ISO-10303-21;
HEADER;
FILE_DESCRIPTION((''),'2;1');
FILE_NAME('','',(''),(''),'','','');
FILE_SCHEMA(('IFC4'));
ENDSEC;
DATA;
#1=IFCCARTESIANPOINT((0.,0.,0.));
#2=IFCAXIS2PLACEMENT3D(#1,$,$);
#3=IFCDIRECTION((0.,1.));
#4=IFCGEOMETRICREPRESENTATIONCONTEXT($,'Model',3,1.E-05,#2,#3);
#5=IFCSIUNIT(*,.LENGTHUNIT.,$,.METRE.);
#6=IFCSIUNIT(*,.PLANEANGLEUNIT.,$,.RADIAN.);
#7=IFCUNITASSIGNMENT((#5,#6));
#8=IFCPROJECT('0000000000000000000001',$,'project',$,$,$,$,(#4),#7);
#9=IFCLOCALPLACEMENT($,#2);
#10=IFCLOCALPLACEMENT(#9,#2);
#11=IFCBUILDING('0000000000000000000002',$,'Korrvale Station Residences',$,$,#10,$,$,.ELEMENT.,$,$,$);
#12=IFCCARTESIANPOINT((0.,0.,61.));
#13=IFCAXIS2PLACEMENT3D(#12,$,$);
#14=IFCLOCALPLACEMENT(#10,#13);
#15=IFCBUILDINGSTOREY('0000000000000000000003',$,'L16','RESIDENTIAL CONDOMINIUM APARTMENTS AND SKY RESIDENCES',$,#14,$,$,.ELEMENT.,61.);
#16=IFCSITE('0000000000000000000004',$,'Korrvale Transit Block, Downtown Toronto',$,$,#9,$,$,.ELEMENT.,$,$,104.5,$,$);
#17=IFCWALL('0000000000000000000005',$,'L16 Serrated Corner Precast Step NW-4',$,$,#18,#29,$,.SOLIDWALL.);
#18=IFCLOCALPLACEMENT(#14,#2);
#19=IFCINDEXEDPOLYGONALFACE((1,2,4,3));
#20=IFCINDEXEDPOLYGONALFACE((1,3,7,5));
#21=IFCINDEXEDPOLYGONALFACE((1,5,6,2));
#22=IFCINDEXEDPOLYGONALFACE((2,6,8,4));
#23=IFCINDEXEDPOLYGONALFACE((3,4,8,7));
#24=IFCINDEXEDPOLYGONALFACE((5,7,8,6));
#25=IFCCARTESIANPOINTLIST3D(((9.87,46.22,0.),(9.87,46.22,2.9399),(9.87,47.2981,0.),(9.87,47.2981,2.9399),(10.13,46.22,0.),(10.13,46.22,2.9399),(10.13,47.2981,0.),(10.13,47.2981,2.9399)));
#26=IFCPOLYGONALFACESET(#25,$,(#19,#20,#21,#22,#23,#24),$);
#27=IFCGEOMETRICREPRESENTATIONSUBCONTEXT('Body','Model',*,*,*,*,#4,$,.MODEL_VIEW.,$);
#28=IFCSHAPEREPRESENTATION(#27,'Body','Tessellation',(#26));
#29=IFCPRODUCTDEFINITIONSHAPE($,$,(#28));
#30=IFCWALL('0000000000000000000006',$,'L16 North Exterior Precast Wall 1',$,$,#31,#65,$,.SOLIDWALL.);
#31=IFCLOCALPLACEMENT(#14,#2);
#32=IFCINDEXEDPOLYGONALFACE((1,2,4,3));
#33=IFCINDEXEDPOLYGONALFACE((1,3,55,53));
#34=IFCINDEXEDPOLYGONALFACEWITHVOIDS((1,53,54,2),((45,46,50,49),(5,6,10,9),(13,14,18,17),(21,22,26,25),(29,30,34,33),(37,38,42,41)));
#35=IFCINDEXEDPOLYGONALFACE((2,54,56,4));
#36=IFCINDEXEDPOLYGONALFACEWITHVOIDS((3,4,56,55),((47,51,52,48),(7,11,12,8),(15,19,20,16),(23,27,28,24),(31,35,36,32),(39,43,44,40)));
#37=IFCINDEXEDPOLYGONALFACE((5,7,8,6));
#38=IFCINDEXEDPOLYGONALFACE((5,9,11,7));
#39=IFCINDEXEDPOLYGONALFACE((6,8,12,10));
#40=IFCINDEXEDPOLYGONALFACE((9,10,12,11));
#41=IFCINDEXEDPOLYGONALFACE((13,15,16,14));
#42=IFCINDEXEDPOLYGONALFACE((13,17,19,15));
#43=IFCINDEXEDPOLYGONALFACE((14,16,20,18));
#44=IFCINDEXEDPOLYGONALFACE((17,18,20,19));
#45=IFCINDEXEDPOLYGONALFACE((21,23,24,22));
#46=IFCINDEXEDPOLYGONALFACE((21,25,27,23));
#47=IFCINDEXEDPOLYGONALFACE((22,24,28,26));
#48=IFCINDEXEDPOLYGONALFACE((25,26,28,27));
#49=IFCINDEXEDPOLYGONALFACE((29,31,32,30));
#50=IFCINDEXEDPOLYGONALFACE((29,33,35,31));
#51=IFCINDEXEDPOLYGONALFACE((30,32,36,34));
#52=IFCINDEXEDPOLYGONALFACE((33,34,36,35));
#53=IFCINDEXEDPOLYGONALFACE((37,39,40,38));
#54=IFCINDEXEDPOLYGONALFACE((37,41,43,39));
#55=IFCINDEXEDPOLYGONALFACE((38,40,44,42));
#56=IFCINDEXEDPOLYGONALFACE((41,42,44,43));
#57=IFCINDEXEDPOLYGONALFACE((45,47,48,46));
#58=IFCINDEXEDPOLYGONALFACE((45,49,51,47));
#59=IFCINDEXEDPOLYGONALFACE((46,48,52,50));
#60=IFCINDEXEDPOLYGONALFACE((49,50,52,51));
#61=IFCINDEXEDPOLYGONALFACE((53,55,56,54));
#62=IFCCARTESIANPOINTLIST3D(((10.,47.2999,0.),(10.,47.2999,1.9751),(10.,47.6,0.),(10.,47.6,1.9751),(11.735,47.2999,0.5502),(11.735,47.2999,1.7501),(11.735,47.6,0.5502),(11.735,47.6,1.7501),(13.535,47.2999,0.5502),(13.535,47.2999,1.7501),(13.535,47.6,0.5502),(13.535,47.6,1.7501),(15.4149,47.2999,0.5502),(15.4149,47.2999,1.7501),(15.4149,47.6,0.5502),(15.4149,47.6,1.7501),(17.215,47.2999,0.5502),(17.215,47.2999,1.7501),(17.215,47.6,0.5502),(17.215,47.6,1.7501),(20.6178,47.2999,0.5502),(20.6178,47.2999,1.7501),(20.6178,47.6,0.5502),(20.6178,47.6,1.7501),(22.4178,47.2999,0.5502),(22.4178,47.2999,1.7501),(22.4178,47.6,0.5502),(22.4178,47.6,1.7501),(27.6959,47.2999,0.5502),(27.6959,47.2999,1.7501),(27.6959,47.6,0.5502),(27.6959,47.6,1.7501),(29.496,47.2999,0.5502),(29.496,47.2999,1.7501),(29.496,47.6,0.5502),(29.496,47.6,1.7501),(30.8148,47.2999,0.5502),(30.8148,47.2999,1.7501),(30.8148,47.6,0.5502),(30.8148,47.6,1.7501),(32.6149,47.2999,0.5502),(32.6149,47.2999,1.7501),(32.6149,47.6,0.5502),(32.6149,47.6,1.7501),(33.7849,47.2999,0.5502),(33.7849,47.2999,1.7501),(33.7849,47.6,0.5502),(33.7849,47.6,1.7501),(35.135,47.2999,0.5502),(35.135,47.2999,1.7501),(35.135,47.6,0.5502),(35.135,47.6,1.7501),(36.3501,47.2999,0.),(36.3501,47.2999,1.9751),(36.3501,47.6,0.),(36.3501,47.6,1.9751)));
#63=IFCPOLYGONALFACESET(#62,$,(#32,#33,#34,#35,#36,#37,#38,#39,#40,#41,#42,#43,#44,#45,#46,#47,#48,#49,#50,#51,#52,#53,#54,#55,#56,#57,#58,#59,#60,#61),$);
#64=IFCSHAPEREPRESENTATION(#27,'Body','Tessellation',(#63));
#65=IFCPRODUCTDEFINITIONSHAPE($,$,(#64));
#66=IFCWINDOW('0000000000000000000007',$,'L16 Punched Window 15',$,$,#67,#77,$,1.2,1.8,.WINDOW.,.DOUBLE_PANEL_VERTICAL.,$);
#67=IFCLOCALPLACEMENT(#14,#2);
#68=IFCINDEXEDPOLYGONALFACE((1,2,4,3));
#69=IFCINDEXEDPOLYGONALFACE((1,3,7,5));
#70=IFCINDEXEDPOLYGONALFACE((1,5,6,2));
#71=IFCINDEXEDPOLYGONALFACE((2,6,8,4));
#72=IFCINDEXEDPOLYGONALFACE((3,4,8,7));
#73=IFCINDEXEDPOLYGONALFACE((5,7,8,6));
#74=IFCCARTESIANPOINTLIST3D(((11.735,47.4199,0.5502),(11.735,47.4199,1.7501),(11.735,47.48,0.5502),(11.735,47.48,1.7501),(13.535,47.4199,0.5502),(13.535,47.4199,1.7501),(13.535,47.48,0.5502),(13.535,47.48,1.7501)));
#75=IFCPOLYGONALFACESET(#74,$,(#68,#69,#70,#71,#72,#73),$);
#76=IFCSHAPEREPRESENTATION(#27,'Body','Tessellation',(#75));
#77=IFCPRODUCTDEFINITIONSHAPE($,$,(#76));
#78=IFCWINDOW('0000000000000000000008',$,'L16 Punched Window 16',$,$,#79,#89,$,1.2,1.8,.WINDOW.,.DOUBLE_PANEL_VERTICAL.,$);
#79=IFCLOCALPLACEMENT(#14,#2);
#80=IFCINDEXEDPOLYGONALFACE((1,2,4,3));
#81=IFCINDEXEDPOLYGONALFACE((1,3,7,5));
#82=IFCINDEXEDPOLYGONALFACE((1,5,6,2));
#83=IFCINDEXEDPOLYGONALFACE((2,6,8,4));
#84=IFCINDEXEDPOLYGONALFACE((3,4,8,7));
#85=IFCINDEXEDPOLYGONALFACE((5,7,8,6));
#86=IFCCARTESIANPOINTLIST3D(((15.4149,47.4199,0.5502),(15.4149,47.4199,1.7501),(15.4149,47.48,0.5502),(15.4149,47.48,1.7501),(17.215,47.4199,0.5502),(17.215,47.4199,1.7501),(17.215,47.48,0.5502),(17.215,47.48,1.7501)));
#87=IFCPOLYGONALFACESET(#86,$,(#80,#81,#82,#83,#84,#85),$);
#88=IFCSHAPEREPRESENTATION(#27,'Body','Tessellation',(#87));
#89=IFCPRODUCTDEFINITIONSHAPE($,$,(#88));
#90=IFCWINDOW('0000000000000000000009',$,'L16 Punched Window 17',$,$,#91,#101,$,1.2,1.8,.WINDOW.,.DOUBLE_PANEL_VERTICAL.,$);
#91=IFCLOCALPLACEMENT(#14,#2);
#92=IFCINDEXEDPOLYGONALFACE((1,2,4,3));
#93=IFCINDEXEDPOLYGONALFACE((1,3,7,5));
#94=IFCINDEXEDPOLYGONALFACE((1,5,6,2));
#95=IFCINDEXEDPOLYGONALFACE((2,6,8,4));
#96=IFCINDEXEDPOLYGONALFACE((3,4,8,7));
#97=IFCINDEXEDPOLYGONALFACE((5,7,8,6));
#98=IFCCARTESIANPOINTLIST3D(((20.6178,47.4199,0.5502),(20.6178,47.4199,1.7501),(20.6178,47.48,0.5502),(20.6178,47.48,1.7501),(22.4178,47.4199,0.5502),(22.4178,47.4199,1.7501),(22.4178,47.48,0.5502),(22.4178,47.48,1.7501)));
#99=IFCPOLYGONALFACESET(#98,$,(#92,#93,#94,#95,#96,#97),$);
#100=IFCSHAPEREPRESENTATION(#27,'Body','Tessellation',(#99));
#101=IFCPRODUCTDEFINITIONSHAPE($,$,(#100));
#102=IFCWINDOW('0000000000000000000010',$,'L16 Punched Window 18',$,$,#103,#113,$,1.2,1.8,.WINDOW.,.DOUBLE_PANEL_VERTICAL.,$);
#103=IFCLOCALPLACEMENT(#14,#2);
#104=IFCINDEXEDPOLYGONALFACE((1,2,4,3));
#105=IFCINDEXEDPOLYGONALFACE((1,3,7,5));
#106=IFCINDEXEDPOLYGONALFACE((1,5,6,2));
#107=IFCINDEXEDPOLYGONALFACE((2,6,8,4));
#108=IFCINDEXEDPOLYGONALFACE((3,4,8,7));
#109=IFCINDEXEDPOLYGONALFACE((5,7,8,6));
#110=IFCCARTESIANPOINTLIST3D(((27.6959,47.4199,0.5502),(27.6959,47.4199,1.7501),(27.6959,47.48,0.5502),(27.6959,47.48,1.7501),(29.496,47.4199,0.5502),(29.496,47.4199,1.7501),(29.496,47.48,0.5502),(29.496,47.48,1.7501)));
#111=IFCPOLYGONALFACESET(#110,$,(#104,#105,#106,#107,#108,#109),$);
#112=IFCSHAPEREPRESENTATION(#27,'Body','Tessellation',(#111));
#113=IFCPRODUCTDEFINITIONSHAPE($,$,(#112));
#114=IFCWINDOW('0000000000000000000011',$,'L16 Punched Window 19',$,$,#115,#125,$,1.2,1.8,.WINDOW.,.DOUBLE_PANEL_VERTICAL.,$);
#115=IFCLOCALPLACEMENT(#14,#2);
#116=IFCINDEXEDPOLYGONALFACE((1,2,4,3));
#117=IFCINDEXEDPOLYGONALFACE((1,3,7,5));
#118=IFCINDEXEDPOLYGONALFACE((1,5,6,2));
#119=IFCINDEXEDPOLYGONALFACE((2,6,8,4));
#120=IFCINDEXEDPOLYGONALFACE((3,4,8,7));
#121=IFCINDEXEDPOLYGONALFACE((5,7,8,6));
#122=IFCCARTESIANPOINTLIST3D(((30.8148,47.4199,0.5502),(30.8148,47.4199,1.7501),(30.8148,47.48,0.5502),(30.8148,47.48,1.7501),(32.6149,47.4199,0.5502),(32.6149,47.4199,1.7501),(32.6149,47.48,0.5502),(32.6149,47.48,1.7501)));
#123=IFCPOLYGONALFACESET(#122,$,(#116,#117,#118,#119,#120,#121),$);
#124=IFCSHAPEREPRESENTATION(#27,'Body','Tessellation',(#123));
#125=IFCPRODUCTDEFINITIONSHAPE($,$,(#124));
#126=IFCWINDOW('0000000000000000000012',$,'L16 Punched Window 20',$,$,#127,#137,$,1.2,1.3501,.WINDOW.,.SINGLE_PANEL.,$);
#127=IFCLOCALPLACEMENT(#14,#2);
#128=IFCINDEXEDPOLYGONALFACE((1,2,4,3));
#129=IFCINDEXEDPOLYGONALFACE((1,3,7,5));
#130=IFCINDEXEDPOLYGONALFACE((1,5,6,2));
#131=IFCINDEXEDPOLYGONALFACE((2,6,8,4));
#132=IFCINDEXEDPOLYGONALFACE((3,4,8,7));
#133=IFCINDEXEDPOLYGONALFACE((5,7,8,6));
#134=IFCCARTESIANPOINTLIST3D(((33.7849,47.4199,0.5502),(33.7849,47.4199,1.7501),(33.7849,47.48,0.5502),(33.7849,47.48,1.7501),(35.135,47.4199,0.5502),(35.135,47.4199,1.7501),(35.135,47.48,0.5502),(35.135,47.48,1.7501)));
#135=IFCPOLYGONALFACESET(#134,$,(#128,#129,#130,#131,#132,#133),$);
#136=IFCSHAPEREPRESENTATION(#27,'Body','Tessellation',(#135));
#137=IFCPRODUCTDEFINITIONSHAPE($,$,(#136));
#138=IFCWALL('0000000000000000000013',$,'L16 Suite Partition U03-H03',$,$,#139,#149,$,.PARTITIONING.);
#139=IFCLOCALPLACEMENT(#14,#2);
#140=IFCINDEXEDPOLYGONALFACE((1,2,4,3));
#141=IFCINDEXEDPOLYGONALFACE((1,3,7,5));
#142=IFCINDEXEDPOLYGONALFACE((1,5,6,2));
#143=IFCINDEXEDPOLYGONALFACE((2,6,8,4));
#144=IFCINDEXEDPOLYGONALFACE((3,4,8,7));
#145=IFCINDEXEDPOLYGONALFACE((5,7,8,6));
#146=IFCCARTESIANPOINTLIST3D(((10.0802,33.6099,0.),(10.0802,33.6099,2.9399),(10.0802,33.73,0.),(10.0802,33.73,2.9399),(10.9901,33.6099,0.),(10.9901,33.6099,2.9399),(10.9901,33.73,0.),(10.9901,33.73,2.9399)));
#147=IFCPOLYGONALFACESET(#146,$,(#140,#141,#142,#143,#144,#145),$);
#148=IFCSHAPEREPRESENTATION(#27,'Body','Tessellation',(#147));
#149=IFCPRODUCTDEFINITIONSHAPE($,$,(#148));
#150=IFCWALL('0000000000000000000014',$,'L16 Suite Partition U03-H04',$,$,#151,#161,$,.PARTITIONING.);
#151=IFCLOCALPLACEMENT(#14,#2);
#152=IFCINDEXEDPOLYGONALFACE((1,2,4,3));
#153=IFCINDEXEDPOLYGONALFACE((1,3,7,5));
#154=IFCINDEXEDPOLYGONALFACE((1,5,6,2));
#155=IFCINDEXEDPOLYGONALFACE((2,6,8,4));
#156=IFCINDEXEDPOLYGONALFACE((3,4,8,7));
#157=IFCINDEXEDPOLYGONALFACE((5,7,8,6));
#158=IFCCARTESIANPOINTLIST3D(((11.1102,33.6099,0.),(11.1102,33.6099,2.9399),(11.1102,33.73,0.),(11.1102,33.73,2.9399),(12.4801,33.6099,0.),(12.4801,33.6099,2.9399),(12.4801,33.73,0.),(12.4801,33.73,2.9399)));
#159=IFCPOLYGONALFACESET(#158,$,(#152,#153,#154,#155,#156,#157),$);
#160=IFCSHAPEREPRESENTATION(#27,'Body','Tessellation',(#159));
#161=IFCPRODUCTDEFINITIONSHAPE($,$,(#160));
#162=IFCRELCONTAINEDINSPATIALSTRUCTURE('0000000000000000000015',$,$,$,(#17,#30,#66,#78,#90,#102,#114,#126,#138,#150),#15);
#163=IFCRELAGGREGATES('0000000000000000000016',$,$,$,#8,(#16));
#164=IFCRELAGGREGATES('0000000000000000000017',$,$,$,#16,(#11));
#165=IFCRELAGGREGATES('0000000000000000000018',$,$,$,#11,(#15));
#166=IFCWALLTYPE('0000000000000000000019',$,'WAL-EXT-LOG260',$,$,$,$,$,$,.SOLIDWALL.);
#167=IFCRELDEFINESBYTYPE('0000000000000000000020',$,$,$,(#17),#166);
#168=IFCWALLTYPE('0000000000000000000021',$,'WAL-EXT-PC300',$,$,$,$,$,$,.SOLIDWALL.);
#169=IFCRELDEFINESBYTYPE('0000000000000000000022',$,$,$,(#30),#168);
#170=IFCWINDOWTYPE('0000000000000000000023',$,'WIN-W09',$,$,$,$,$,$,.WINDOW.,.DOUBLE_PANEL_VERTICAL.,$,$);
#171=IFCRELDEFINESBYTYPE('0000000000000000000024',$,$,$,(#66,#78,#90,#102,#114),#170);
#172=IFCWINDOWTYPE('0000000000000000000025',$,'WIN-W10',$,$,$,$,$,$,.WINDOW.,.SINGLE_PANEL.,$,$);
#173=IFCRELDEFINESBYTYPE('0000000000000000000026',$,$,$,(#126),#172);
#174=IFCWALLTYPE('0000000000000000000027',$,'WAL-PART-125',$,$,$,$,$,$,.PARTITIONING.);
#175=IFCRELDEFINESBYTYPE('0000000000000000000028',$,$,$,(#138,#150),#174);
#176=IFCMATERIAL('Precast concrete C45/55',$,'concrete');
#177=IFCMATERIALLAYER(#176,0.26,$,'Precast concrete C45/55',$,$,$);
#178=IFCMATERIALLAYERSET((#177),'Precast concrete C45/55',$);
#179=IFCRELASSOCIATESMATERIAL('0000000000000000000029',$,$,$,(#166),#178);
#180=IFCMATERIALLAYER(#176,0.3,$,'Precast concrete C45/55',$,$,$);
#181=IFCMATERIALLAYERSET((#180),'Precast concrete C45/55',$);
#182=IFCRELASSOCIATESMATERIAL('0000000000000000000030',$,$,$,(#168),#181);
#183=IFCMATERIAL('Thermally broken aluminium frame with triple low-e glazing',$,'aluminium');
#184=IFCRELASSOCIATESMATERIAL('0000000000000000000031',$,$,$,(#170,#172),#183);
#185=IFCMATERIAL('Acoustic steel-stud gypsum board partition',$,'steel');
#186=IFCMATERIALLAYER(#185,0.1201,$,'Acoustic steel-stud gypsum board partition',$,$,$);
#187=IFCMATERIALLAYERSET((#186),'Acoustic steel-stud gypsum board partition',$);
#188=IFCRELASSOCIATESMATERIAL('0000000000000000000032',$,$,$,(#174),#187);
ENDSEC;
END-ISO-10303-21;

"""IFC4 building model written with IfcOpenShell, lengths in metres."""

from ifc_helpers import new_model, si_unit, direction, frame, frame_2d, origin, place, context, subcontext, project, spatial, rectangle, extrude, material, layer, layer_set, type_object, element, fill, save


model = new_model("IFC4")

# Units and contexts
model_context = context("Model", 3, precision=1e-05, world=origin(), true_north=direction((0.0, 1.0)))
body_context = subcontext(model_context, "Body", "Model", "MODEL_VIEW")
ifc_project = project(units=[si_unit("LENGTHUNIT", "METRE"), si_unit("PLANEANGLEUNIT", "RADIAN")], contexts=[model_context])

# Site, building, storey
site_placement = place(None, origin())
site = spatial("IfcSite", under=ifc_project, at=site_placement, Name="Korrvale Transit Block, Downtown Toronto", CompositionType="ELEMENT", RefElevation=104.5)
building_placement = place(site_placement, origin())
building = spatial("IfcBuilding", under=site, at=building_placement, Name="Korrvale Station Residences", CompositionType="ELEMENT")
storey_placement = place(building_placement, frame((0.0, 0.0, 61.0)))
storey = spatial("IfcBuildingStorey", under=building, at=storey_placement, Name="L16", Description="RESIDENTIAL CONDOMINIUM APARTMENTS AND SKY RESIDENCES", CompositionType="ELEMENT", Elevation=61.0)

# Wall
ifc_material_1 = material(Name="Precast concrete C45/55", Category="concrete")
ifc_layer_1 = layer(ifc_material_1, 0.26, Name="Precast concrete C45/55")
ifc_layer_set_1 = layer_set([ifc_layer_1], Name="Precast concrete C45/55")
wall_type_1 = type_object("IfcWallType", Name="WAL-EXT-LOG260", PredefinedType="SOLIDWALL", material=ifc_layer_set_1)
wall_1_placement = place(storey_placement, frame((10.0, 46.22, 0.0), z_axis=(0.0, 0.0, 1.0), x_axis=(0.0, 1.0, 0.0)))
element("IfcWall", 1, at=wall_1_placement, inside=storey, type_object=wall_type_1, Name="L16 Serrated Corner Precast Step NW-4", PredefinedType="SOLIDWALL", context=body_context, shape_type="SweptSolid", body=[
    extrude(rectangle(XDim=1.0781, YDim=0.26, at=frame_2d((0.5391, 0.0))), origin(), (0.0, 0.0, 1.0), 2.9399),
])

# Wall, openings, windows
ifc_layer_2 = layer(ifc_material_1, 0.3, Name="Precast concrete C45/55")
ifc_layer_set_2 = layer_set([ifc_layer_2], Name="Precast concrete C45/55")
wall_type_2 = type_object("IfcWallType", Name="WAL-EXT-PC300", PredefinedType="SOLIDWALL", material=ifc_layer_set_2)
wall_2_placement = place(storey_placement, frame((10.0, 47.45, 0.0), z_axis=(0.0, 0.0, 1.0), x_axis=(1.0, 0.0, 0.0)))
wall_2 = element("IfcWall", 2, at=wall_2_placement, inside=storey, type_object=wall_type_2, Name="L16 North Exterior Precast Wall 1", PredefinedType="SOLIDWALL", context=body_context, shape_type="SweptSolid", body=[
    extrude(rectangle(XDim=26.3501, YDim=0.3, at=frame_2d((13.175, 0.0))), origin(), (0.0, 0.0, 1.0), 1.9751),
])
opening_1_placement = place(wall_2_placement, frame((1.7351, 0.0, 0.55)))
opening_1 = element("IfcOpeningElement", 3, at=opening_1_placement, cuts=wall_2, PredefinedType="OPENING", context=body_context, shape_type="SweptSolid", body=[
    extrude(rectangle(XDim=1.8, YDim=1.2, at=frame_2d((0.8999, 0.6001))), frame((0.0, 0.1602, 0.0), z_axis=(0.0, -1.0, 0.0), x_axis=(1.0, 0.0, 0.0)), (0.0, 0.0, 1.0), 0.3201),
])
opening_2_placement = place(wall_2_placement, frame((5.415, 0.0, 0.55)))
opening_2 = element("IfcOpeningElement", 4, at=opening_2_placement, cuts=wall_2, PredefinedType="OPENING", context=body_context, shape_type="SweptSolid", body=[
    extrude(rectangle(XDim=1.8, YDim=1.2, at=frame_2d((0.8999, 0.6001))), frame((0.0, 0.1602, 0.0), z_axis=(0.0, -1.0, 0.0), x_axis=(1.0, 0.0, 0.0)), (0.0, 0.0, 1.0), 0.3201),
])
opening_3_placement = place(wall_2_placement, frame((10.6179, 0.0, 0.55)))
opening_3 = element("IfcOpeningElement", 5, at=opening_3_placement, cuts=wall_2, PredefinedType="OPENING", context=body_context, shape_type="SweptSolid", body=[
    extrude(rectangle(XDim=1.8, YDim=1.2, at=frame_2d((0.8999, 0.6001))), frame((0.0, 0.1602, 0.0), z_axis=(0.0, -1.0, 0.0), x_axis=(1.0, 0.0, 0.0)), (0.0, 0.0, 1.0), 0.3201),
])
opening_4_placement = place(wall_2_placement, frame((17.696, 0.0, 0.55)))
opening_4 = element("IfcOpeningElement", 6, at=opening_4_placement, cuts=wall_2, PredefinedType="OPENING", context=body_context, shape_type="SweptSolid", body=[
    extrude(rectangle(XDim=1.8, YDim=1.2, at=frame_2d((0.8999, 0.6001))), frame((0.0, 0.1602, 0.0), z_axis=(0.0, -1.0, 0.0), x_axis=(1.0, 0.0, 0.0)), (0.0, 0.0, 1.0), 0.3201),
])
opening_5_placement = place(wall_2_placement, frame((20.8149, 0.0, 0.55)))
opening_5 = element("IfcOpeningElement", 7, at=opening_5_placement, cuts=wall_2, PredefinedType="OPENING", context=body_context, shape_type="SweptSolid", body=[
    extrude(rectangle(XDim=1.8, YDim=1.2, at=frame_2d((0.8999, 0.6001))), frame((0.0, 0.1602, 0.0), z_axis=(0.0, -1.0, 0.0), x_axis=(1.0, 0.0, 0.0)), (0.0, 0.0, 1.0), 0.3201),
])
opening_6_placement = place(wall_2_placement, frame((23.7849, 0.0, 0.55)))
opening_6 = element("IfcOpeningElement", 8, at=opening_6_placement, cuts=wall_2, PredefinedType="OPENING", context=body_context, shape_type="SweptSolid", body=[
    extrude(rectangle(XDim=1.3501, YDim=1.2, at=frame_2d((0.675, 0.6001))), frame((0.0, 0.1602, 0.0), z_axis=(0.0, -1.0, 0.0), x_axis=(1.0, 0.0, 0.0)), (0.0, 0.0, 1.0), 0.3201),
])
ifc_material_2 = material(Name="Thermally broken aluminium frame with triple low-e glazing", Category="aluminium")
window_type_1 = type_object("IfcWindowType", Name="WIN-W09", PartitioningType="DOUBLE_PANEL_VERTICAL", PredefinedType="WINDOW", material=ifc_material_2)
window_1_placement = place(opening_1_placement, origin())
window_1 = element("IfcWindow", 9, at=window_1_placement, inside=storey, type_object=window_type_1, Name="L16 Punched Window 15", OverallHeight=1.2, OverallWidth=1.8, PartitioningType="DOUBLE_PANEL_VERTICAL", PredefinedType="WINDOW", context=body_context, shape_type="SweptSolid", body=[
    extrude(rectangle(XDim=1.8, YDim=1.2, at=frame_2d((0.8999, 0.6001))), frame((0.0, 0.03, 0.0), z_axis=(0.0, -1.0, 0.0), x_axis=(1.0, 0.0, 0.0)), (0.0, 0.0, 1.0), 0.0601),
])
fill(opening_1, window_1)
window_2_placement = place(opening_2_placement, origin())
window_2 = element("IfcWindow", 10, at=window_2_placement, inside=storey, type_object=window_type_1, Name="L16 Punched Window 16", OverallHeight=1.2, OverallWidth=1.8, PartitioningType="DOUBLE_PANEL_VERTICAL", PredefinedType="WINDOW", context=body_context, shape_type="SweptSolid", body=[
    extrude(rectangle(XDim=1.8, YDim=1.2, at=frame_2d((0.8999, 0.6001))), frame((0.0, 0.03, 0.0), z_axis=(0.0, -1.0, 0.0), x_axis=(1.0, 0.0, 0.0)), (0.0, 0.0, 1.0), 0.0601),
])
fill(opening_2, window_2)
window_3_placement = place(opening_3_placement, origin())
window_3 = element("IfcWindow", 11, at=window_3_placement, inside=storey, type_object=window_type_1, Name="L16 Punched Window 17", OverallHeight=1.2, OverallWidth=1.8, PartitioningType="DOUBLE_PANEL_VERTICAL", PredefinedType="WINDOW", context=body_context, shape_type="SweptSolid", body=[
    extrude(rectangle(XDim=1.8, YDim=1.2, at=frame_2d((0.8999, 0.6001))), frame((0.0, 0.03, 0.0), z_axis=(0.0, -1.0, 0.0), x_axis=(1.0, 0.0, 0.0)), (0.0, 0.0, 1.0), 0.0601),
])
fill(opening_3, window_3)
window_4_placement = place(opening_4_placement, origin())
window_4 = element("IfcWindow", 12, at=window_4_placement, inside=storey, type_object=window_type_1, Name="L16 Punched Window 18", OverallHeight=1.2, OverallWidth=1.8, PartitioningType="DOUBLE_PANEL_VERTICAL", PredefinedType="WINDOW", context=body_context, shape_type="SweptSolid", body=[
    extrude(rectangle(XDim=1.8, YDim=1.2, at=frame_2d((0.8999, 0.6001))), frame((0.0, 0.03, 0.0), z_axis=(0.0, -1.0, 0.0), x_axis=(1.0, 0.0, 0.0)), (0.0, 0.0, 1.0), 0.0601),
])
fill(opening_4, window_4)
window_5_placement = place(opening_5_placement, origin())
window_5 = element("IfcWindow", 13, at=window_5_placement, inside=storey, type_object=window_type_1, Name="L16 Punched Window 19", OverallHeight=1.2, OverallWidth=1.8, PartitioningType="DOUBLE_PANEL_VERTICAL", PredefinedType="WINDOW", context=body_context, shape_type="SweptSolid", body=[
    extrude(rectangle(XDim=1.8, YDim=1.2, at=frame_2d((0.8999, 0.6001))), frame((0.0, 0.03, 0.0), z_axis=(0.0, -1.0, 0.0), x_axis=(1.0, 0.0, 0.0)), (0.0, 0.0, 1.0), 0.0601),
])
fill(opening_5, window_5)
window_type_2 = type_object("IfcWindowType", Name="WIN-W10", PartitioningType="SINGLE_PANEL", PredefinedType="WINDOW", material=ifc_material_2)
window_6_placement = place(opening_6_placement, origin())
window_6 = element("IfcWindow", 14, at=window_6_placement, inside=storey, type_object=window_type_2, Name="L16 Punched Window 20", OverallHeight=1.2, OverallWidth=1.3501, PartitioningType="SINGLE_PANEL", PredefinedType="WINDOW", context=body_context, shape_type="SweptSolid", body=[
    extrude(rectangle(XDim=1.3501, YDim=1.2, at=frame_2d((0.675, 0.6001))), frame((0.0, 0.03, 0.0), z_axis=(0.0, -1.0, 0.0), x_axis=(1.0, 0.0, 0.0)), (0.0, 0.0, 1.0), 0.0601),
])
fill(opening_6, window_6)

# Walls
ifc_material_3 = material(Name="Acoustic steel-stud gypsum board partition", Category="steel")
ifc_layer_3 = layer(ifc_material_3, 0.1201, Name="Acoustic steel-stud gypsum board partition")
ifc_layer_set_3 = layer_set([ifc_layer_3], Name="Acoustic steel-stud gypsum board partition")
wall_type_3 = type_object("IfcWallType", Name="WAL-PART-125", PredefinedType="PARTITIONING", material=ifc_layer_set_3)
wall_3_placement = place(storey_placement, frame((10.0801, 33.6699, 0.0), z_axis=(0.0, 0.0, 1.0), x_axis=(1.0, 0.0, 0.0)))
element("IfcWall", 15, at=wall_3_placement, inside=storey, type_object=wall_type_3, Name="L16 Suite Partition U03-H03", PredefinedType="PARTITIONING", context=body_context, shape_type="SweptSolid", body=[
    extrude(rectangle(XDim=0.9099, YDim=0.1201, at=frame_2d((0.4551, 0.0))), origin(), (0.0, 0.0, 1.0), 2.9399),
])
wall_4_placement = place(storey_placement, frame((11.1101, 33.6699, 0.0), z_axis=(0.0, 0.0, 1.0), x_axis=(1.0, 0.0, 0.0)))
element("IfcWall", 16, at=wall_4_placement, inside=storey, type_object=wall_type_3, Name="L16 Suite Partition U03-H04", PredefinedType="PARTITIONING", context=body_context, shape_type="SweptSolid", body=[
    extrude(rectangle(XDim=1.3699, YDim=0.1201, at=frame_2d((0.6851, 0.0))), origin(), (0.0, 0.0, 1.0), 2.9399),
])

save(model, "model.ifc")
